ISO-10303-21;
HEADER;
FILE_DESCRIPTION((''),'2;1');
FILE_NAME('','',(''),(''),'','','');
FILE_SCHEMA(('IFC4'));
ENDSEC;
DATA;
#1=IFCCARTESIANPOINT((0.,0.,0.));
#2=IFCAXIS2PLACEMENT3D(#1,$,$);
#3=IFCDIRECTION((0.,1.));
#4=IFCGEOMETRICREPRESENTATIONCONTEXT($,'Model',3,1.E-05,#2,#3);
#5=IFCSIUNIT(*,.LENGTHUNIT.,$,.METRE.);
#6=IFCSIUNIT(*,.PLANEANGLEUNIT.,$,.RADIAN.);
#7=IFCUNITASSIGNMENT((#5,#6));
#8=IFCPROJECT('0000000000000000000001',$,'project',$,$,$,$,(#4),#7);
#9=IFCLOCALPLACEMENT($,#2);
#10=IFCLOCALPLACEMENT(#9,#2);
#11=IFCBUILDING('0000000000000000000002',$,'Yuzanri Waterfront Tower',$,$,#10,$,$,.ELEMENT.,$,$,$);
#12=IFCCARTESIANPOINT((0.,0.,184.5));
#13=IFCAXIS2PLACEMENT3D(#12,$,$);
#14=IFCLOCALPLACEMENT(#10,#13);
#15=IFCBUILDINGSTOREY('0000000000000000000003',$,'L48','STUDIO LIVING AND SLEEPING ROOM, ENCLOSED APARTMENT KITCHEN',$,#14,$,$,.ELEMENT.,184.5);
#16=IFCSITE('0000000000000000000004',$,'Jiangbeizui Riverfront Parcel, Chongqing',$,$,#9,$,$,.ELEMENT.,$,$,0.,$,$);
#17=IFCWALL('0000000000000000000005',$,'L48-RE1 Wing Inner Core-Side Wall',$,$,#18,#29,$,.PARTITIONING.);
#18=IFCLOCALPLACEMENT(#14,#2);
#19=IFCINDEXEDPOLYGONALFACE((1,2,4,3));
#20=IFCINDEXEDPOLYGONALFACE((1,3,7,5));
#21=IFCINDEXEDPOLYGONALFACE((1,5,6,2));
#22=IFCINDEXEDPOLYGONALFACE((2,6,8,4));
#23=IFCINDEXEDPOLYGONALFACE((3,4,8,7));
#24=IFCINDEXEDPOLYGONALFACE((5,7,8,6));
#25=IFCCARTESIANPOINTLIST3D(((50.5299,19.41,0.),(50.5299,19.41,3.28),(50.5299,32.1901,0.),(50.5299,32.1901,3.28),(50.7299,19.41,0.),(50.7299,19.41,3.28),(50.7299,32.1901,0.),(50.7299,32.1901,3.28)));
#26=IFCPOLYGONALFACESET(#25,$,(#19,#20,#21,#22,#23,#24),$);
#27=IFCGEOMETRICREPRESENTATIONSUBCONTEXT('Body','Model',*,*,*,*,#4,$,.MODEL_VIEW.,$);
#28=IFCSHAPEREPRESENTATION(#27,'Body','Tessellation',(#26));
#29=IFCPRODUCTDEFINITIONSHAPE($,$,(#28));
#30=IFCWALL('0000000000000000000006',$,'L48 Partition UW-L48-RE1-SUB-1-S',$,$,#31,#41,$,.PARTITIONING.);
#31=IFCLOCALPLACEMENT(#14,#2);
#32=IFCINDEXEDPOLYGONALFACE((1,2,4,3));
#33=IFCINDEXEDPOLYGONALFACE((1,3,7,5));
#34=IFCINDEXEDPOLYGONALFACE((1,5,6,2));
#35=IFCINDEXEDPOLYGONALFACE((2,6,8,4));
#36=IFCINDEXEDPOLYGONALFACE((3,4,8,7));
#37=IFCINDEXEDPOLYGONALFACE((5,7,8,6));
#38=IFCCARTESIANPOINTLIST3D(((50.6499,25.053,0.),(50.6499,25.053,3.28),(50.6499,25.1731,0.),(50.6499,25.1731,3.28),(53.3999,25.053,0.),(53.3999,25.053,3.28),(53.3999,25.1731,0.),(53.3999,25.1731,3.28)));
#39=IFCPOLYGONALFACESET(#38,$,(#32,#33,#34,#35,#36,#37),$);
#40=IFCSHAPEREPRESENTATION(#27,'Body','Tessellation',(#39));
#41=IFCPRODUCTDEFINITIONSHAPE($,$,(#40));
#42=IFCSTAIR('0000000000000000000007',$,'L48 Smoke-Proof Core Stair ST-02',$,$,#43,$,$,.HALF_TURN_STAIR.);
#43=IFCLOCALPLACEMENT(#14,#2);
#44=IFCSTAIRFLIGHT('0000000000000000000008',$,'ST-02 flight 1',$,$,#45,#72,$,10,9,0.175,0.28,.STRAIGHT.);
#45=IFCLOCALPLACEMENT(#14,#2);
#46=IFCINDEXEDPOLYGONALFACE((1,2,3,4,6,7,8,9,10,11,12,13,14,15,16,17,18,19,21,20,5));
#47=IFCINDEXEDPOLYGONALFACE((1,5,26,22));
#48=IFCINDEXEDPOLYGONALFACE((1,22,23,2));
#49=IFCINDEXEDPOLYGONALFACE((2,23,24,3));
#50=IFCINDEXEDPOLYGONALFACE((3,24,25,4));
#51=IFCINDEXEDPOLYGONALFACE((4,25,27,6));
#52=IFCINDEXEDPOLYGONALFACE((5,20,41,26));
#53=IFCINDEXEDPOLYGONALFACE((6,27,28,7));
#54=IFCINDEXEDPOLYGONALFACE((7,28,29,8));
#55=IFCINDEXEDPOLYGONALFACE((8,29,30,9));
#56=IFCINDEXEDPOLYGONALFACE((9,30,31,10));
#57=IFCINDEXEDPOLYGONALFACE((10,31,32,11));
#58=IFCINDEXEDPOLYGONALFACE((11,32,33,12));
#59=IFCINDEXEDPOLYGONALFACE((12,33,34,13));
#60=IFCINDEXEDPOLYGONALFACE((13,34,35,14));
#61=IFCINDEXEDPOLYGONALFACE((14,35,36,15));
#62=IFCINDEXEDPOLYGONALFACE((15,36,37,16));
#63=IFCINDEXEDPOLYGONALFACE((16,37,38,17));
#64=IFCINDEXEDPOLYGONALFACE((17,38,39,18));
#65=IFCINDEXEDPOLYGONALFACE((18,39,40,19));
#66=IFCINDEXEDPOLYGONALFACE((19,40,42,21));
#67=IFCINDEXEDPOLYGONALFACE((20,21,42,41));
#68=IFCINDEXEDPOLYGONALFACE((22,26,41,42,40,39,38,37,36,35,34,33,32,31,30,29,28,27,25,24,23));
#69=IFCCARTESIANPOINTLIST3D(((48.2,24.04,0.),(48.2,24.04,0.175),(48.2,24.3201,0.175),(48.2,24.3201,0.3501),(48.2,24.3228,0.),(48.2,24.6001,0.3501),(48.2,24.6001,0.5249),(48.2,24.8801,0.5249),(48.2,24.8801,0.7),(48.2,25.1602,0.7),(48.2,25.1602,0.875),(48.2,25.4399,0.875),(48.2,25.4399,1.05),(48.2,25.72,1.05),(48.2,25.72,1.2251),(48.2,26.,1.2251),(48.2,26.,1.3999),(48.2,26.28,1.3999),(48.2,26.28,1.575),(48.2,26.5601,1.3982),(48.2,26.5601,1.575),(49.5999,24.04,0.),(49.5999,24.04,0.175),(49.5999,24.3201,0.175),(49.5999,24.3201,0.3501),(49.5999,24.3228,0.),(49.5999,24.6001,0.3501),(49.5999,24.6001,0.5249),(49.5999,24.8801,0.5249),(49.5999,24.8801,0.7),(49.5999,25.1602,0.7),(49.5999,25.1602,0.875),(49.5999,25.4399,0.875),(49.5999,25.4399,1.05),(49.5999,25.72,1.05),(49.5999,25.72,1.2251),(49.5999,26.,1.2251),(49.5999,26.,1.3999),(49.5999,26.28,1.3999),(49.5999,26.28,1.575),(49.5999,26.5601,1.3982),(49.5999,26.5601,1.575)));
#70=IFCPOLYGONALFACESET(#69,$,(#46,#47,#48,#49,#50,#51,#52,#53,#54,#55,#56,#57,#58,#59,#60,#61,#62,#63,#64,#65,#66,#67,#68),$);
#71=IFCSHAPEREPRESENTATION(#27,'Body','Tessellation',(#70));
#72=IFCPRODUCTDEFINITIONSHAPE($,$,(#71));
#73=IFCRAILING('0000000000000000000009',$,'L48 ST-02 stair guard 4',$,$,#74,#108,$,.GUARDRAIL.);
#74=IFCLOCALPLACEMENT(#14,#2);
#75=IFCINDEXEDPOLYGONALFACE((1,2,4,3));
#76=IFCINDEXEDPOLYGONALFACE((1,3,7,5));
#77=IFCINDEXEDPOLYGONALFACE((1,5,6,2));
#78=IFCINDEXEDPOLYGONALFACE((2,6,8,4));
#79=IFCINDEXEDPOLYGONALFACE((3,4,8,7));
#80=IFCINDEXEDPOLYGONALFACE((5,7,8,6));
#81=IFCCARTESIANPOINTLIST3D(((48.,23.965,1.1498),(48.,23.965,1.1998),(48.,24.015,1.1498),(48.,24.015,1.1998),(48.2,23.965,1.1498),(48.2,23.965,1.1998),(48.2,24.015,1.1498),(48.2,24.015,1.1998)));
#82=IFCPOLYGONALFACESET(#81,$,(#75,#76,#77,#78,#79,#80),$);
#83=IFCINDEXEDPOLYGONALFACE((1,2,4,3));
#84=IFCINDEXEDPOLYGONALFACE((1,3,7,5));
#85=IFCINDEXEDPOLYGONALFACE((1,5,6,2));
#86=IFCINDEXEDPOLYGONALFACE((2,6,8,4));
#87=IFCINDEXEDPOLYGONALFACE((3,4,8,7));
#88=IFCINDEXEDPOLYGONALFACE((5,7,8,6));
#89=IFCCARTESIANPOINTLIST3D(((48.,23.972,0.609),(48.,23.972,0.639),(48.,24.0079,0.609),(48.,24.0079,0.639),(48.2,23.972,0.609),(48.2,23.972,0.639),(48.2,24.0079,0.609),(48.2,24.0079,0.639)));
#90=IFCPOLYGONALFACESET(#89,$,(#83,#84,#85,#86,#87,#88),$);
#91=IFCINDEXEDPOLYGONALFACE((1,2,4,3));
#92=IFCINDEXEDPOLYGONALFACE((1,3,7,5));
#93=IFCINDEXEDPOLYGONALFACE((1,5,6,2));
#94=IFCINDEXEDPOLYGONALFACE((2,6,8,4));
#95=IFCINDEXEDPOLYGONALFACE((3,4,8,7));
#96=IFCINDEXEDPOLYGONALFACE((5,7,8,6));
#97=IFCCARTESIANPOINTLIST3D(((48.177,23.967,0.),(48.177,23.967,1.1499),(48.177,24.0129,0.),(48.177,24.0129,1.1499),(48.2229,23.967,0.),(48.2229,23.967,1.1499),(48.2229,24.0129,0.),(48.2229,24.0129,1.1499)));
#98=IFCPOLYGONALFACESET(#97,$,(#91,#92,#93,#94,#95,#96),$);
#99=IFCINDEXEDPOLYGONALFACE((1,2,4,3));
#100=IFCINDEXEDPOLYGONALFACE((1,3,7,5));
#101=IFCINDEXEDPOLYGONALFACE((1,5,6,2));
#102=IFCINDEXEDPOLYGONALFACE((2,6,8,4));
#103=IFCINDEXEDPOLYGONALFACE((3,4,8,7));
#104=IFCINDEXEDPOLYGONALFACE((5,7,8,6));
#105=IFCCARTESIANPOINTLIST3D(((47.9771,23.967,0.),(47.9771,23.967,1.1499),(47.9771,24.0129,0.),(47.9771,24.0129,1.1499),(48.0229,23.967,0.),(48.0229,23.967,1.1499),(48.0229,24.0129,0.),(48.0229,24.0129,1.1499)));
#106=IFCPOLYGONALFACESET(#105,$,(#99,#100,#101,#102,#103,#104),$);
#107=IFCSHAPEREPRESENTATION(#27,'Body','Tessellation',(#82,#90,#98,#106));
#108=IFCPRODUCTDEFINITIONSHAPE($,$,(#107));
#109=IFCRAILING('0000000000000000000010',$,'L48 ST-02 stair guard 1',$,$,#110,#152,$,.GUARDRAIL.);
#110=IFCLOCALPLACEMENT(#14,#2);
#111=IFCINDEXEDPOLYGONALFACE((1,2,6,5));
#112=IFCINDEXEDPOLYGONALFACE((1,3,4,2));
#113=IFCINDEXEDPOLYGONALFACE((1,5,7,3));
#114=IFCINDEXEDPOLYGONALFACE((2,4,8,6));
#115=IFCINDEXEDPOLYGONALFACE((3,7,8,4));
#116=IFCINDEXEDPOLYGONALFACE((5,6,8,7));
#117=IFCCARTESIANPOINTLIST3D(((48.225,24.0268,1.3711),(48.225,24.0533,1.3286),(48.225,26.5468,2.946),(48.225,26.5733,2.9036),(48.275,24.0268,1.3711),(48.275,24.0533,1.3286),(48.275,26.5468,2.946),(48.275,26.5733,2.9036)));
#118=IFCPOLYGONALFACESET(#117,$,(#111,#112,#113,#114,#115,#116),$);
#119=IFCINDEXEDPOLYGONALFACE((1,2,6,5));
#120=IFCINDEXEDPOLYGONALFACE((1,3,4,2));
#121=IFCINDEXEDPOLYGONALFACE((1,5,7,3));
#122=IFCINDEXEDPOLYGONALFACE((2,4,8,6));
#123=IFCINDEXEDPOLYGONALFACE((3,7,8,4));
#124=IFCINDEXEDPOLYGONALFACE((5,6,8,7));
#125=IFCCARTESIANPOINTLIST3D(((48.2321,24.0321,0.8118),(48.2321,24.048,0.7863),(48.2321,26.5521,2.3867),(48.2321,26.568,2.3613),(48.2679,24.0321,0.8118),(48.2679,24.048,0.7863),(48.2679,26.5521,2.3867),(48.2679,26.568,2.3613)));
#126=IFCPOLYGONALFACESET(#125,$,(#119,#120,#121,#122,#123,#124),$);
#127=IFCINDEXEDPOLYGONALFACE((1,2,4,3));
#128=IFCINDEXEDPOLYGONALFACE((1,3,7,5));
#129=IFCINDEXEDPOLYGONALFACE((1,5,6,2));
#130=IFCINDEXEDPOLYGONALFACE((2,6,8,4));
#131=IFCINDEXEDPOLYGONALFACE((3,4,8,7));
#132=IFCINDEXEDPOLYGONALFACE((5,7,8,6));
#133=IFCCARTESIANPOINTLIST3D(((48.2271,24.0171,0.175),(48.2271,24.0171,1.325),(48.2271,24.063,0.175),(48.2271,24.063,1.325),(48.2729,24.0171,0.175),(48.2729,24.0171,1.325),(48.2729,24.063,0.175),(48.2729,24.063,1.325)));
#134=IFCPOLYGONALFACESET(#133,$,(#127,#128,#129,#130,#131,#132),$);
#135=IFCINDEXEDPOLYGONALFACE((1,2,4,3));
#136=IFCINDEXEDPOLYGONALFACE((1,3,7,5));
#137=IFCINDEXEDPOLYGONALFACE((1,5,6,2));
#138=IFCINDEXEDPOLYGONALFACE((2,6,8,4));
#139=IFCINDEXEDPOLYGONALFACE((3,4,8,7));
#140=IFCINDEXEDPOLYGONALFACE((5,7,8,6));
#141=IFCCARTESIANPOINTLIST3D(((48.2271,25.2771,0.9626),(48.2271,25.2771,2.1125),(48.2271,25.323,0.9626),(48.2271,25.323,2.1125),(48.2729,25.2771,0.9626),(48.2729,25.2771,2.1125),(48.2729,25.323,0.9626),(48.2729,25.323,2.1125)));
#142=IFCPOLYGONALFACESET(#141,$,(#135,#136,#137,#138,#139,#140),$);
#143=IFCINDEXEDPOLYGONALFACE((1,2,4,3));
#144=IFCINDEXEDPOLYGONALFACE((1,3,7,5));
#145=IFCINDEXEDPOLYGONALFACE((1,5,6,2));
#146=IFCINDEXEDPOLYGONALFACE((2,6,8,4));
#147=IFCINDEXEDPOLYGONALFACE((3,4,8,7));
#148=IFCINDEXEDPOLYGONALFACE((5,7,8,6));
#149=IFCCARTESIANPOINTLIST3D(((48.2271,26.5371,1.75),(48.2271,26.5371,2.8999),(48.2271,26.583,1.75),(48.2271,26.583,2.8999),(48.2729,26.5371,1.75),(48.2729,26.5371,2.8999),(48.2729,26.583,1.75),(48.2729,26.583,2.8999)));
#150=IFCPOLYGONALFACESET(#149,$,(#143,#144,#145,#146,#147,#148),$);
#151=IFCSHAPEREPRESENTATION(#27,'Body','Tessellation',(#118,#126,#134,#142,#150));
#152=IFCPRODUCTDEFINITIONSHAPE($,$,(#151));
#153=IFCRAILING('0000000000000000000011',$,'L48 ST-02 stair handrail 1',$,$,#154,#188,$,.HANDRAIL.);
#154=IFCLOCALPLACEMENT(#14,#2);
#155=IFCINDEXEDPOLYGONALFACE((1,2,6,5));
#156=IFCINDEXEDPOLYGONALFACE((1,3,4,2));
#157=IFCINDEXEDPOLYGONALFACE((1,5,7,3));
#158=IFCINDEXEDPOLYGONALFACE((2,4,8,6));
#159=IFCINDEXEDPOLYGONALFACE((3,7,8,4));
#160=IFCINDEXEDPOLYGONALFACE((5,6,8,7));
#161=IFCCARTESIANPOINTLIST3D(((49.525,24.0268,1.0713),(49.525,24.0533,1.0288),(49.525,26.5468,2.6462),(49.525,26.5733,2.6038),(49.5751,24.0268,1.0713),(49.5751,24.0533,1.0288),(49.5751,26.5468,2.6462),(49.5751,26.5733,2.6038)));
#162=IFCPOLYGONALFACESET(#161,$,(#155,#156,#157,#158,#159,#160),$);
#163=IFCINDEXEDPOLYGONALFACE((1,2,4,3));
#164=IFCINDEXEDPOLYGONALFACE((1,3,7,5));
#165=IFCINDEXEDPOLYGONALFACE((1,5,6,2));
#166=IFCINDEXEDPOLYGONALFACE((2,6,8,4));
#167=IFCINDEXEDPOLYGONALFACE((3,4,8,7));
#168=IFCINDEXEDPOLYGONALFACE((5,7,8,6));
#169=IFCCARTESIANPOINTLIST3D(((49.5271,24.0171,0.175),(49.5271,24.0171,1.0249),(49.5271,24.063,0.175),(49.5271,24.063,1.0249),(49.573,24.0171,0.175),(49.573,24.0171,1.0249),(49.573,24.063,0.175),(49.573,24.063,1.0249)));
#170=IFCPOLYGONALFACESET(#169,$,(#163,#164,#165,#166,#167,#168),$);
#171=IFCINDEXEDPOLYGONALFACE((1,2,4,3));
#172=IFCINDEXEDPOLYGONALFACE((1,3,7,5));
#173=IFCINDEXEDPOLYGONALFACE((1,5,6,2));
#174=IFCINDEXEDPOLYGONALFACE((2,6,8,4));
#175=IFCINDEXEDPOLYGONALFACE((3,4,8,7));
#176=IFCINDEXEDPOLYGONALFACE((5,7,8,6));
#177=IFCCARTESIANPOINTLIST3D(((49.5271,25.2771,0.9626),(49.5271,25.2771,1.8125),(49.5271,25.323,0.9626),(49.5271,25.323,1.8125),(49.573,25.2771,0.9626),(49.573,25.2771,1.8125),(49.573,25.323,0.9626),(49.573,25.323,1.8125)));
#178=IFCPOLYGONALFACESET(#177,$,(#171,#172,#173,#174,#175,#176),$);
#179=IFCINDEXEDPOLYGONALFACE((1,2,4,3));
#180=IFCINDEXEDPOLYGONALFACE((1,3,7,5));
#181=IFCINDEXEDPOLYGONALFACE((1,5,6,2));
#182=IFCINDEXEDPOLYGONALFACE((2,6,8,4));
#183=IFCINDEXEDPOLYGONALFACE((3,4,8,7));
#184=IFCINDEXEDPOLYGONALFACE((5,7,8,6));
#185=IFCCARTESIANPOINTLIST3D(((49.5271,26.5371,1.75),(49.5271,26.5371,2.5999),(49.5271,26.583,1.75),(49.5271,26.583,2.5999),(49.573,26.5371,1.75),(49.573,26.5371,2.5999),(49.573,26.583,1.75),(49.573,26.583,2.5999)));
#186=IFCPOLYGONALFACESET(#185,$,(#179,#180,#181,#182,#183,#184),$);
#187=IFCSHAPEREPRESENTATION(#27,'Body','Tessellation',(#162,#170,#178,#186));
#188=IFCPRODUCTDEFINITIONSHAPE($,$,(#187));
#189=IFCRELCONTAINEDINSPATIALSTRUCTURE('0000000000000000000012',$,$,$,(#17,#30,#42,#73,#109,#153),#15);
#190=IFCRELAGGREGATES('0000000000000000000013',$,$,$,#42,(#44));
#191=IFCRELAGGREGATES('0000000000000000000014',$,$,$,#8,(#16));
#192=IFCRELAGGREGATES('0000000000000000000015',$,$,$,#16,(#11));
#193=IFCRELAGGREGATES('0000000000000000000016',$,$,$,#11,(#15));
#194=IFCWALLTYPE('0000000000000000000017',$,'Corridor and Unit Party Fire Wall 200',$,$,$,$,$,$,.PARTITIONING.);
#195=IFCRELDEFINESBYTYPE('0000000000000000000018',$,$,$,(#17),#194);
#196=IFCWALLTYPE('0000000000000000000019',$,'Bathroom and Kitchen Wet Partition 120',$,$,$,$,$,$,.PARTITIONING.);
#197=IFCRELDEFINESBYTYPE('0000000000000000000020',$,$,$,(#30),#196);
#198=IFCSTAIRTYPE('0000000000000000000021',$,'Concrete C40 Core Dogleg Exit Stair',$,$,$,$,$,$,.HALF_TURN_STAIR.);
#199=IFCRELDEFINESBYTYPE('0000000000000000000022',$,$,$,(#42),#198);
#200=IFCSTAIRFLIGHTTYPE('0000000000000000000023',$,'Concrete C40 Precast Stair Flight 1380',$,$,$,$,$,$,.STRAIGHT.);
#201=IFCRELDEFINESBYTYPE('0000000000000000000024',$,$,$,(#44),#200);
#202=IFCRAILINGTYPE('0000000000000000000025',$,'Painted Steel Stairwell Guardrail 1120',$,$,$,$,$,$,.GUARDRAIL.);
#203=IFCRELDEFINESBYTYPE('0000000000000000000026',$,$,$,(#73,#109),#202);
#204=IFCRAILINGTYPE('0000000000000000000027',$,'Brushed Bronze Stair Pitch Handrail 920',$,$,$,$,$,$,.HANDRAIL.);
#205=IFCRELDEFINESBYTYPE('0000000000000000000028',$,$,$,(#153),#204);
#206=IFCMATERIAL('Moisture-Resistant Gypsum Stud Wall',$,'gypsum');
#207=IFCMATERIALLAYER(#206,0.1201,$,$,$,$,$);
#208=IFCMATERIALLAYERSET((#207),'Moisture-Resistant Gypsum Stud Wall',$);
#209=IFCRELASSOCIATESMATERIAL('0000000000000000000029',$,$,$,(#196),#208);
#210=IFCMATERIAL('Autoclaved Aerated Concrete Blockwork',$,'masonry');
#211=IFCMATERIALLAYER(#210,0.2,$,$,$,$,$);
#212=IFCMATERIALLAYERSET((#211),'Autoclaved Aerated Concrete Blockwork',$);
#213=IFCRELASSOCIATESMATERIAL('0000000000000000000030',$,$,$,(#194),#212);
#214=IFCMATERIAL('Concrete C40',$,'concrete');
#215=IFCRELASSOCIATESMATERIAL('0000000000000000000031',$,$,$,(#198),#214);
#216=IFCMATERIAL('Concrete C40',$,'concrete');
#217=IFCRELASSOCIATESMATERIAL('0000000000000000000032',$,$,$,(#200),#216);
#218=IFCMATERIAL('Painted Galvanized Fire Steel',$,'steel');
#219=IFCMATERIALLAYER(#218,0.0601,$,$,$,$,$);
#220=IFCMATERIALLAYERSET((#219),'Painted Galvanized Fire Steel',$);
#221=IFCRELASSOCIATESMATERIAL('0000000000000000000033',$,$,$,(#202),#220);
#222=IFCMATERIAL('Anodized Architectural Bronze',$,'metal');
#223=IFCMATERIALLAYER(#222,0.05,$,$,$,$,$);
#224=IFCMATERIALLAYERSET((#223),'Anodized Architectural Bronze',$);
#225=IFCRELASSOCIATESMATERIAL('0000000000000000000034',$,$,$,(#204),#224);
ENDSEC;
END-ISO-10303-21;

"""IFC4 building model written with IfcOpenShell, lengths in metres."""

from ifc_helpers import new_model, si_unit, direction, frame, frame_2d, origin, origin_2d, place, context, subcontext, project, spatial, polyline, rectangle, outline, extrude, source, transform, mapped, material, layer, layer_set, type_object, element, aggregate, save


model = new_model("IFC4")

# Units and contexts
model_context = context("Model", 3, precision=1e-05, world=origin(), true_north=direction((0.0, 1.0)))
body_context = subcontext(model_context, "Body", "Model", "MODEL_VIEW")
ifc_project = project(units=[si_unit("LENGTHUNIT", "METRE"), si_unit("PLANEANGLEUNIT", "RADIAN")], contexts=[model_context])

# Site, building, storey
site_placement = place(None, origin())
site = spatial("IfcSite", under=ifc_project, at=site_placement, Name="Jiangbeizui Riverfront Parcel, Chongqing", CompositionType="ELEMENT", RefElevation=0.0)
building_placement = place(site_placement, origin())
building = spatial("IfcBuilding", under=site, at=building_placement, Name="Yuzanri Waterfront Tower", CompositionType="ELEMENT")
storey_placement = place(building_placement, frame((0.0, 0.0, 184.5)))
storey = spatial("IfcBuildingStorey", under=building, at=storey_placement, Name="L48", Description="STUDIO LIVING AND SLEEPING ROOM, ENCLOSED APARTMENT KITCHEN", CompositionType="ELEMENT", Elevation=184.5)

# Shared definitions
ifc_material_1 = material(Name="Moisture-Resistant Gypsum Stud Wall", Category="gypsum")
ifc_layer_1 = layer(ifc_material_1, 0.1201)
ifc_layer_set_1 = layer_set([ifc_layer_1], Name="Moisture-Resistant Gypsum Stud Wall")
wall_type_1 = type_object("IfcWallType", Name="Bathroom and Kitchen Wet Partition 120", PredefinedType="PARTITIONING", material=ifc_layer_set_1)

# Walls
ifc_material_2 = material(Name="Autoclaved Aerated Concrete Blockwork", Category="masonry")
ifc_layer_2 = layer(ifc_material_2, 0.2)
ifc_layer_set_2 = layer_set([ifc_layer_2], Name="Autoclaved Aerated Concrete Blockwork")
wall_type_2 = type_object("IfcWallType", Name="Corridor and Unit Party Fire Wall 200", PredefinedType="PARTITIONING", material=ifc_layer_set_2)
shared_shape_1 = source(origin(), body_context, "Body", "SweptSolid", [
    extrude(rectangle(XDim=12.78, YDim=0.2, at=frame_2d((6.3901, 0.0))), origin(), (0.0, 0.0, 1.0), 3.28),
])
wall_1_placement = place(storey_placement, frame((50.6299, 19.4099, 0.0), z_axis=(0.0, 0.0, 1.0), x_axis=(0.0, 1.0, 0.0)))
element("IfcWall", 1, at=wall_1_placement, inside=storey, type_object=wall_type_2, Name="L48-RE1 Wing Inner Core-Side Wall", PredefinedType="PARTITIONING", context=body_context, shape_type="MappedRepresentation", body=[
    mapped(shared_shape_1, transform((0.0, 0.0, 0.0), scale=1.0)),
])
shared_shape_2 = source(origin(), body_context, "Body", "SweptSolid", [
    extrude(rectangle(XDim=2.75, YDim=0.1201, at=frame_2d((1.375, 0.0))), origin(), (0.0, 0.0, 1.0), 3.28),
])
wall_2_placement = place(storey_placement, frame((50.6499, 25.113, 0.0), z_axis=(0.0, 0.0, 1.0), x_axis=(1.0, 0.0, 0.0)))
element("IfcWall", 2, at=wall_2_placement, inside=storey, type_object=wall_type_1, Name="L48 Partition UW-L48-RE1-SUB-1-S", PredefinedType="PARTITIONING", context=body_context, shape_type="MappedRepresentation", body=[
    mapped(shared_shape_2, transform((0.0, 0.0, 0.0), scale=1.0)),
])

# Stair, stair flight
ifc_material_3 = material(Name="Concrete C40", Category="concrete")
stair_type = type_object("IfcStairType", Name="Concrete C40 Core Dogleg Exit Stair", PredefinedType="HALF_TURN_STAIR", material=ifc_material_3)
stair_placement = place(storey_placement, origin())
stair = element("IfcStair", 3, at=stair_placement, inside=storey, type_object=stair_type, Name="L48 Smoke-Proof Core Stair ST-02", PredefinedType="HALF_TURN_STAIR")
ifc_material_4 = material(Name="Concrete C40", Category="concrete")
stair_flight_type = type_object("IfcStairFlightType", Name="Concrete C40 Precast Stair Flight 1380", PredefinedType="STRAIGHT", material=ifc_material_4)
shared_shape_3 = source(origin(), body_context, "Body", "SweptSolid", [
    extrude(outline(polyline([(0.0, 0.0), (0.0, 0.175), (0.28, 0.175), (0.28, 0.3501), (0.5601, 0.3501), (0.5601, 0.5249), (0.8401, 0.5249), (0.8401, 0.7), (1.1201, 0.7), (1.1201, 0.875), (1.3999, 0.875), (1.3999, 1.05), (1.6799, 1.05), (1.6799, 1.2251), (1.96, 1.2251), (1.96, 1.3999), (2.24, 1.3999), (2.24, 1.575), (2.52, 1.575), (2.52, 1.75), (2.52, 1.3982), (0.2827, 0.0), (0.0, 0.0)])), frame((0.0, 0.7, 0.0), z_axis=(0.0, -1.0, 0.0), x_axis=(1.0, 0.0, 0.0)), (0.0, 0.0, 1.0), 1.3999),
])
stair_flight_placement = place(storey_placement, frame((48.8999, 24.04, 0.0), z_axis=(0.0, 0.0, 1.0), x_axis=(0.0, 1.0, 0.0)))
stair_flight = element("IfcStairFlight", 4, at=stair_flight_placement, type_object=stair_flight_type, Name="ST-02 flight 1", NumberOfRisers=10, NumberOfTreads=9, PredefinedType="STRAIGHT", RiserHeight=0.175, TreadLength=0.28, context=body_context, shape_type="MappedRepresentation", body=[
    mapped(shared_shape_3, transform((0.0, 0.0, 0.0), scale=1.0)),
])
aggregate(stair, [stair_flight])

# Railings
ifc_material_5 = material(Name="Painted Galvanized Fire Steel", Category="steel")
ifc_layer_3 = layer(ifc_material_5, 0.0601)
ifc_layer_set_3 = layer_set([ifc_layer_3], Name="Painted Galvanized Fire Steel")
railing_type_1 = type_object("IfcRailingType", Name="Painted Steel Stairwell Guardrail 1120", PredefinedType="GUARDRAIL", material=ifc_layer_set_3)
shared_shape_4 = source(origin(), body_context, "Body", "SweptSolid", [
    extrude(rectangle(XDim=0.05, YDim=0.05, at=origin_2d()), frame((0.0, 0.0, 1.1748), z_axis=(-1.0, 0.0, 0.0), x_axis=(0.0, -1.0, 0.0)), (0.0, 0.0, 1.0), 0.2),
    extrude(rectangle(XDim=0.0359, YDim=0.03, at=origin_2d()), frame((0.0, 0.0, 0.624), z_axis=(-1.0, 0.0, 0.0), x_axis=(0.0, -1.0, 0.0)), (0.0, 0.0, 1.0), 0.2),
    extrude(rectangle(XDim=0.0459, YDim=0.0459, at=origin_2d()), origin(), (0.0, 0.0, 1.0), 1.1499),
    extrude(rectangle(XDim=0.0459, YDim=0.0459, at=origin_2d()), frame((-0.2, 0.0, 0.0)), (0.0, 0.0, 1.0), 1.1499),
])
railing_1_placement = place(storey_placement, frame((48.2, 23.99, 0.0)))
element("IfcRailing", 5, at=railing_1_placement, inside=storey, type_object=railing_type_1, Name="L48 ST-02 stair guard 4", PredefinedType="GUARDRAIL", context=body_context, shape_type="MappedRepresentation", body=[
    mapped(shared_shape_4, transform((0.0, 0.0, 0.0), scale=1.0)),
])
shared_shape_5 = source(origin(), body_context, "Body", "SweptSolid", [
    extrude(rectangle(XDim=0.05, YDim=0.05, at=origin_2d()), frame((0.0, 0.0, 1.1748), z_axis=(0.0, 0.848008, 0.529984), x_axis=(-1.0, 0.0, 0.0)), (0.0, 0.0, 1.0), 2.9717),
    extrude(rectangle(XDim=0.0359, YDim=0.03, at=origin_2d()), frame((0.0, 0.0, 0.624), z_axis=(0.0, 0.848008, 0.529984), x_axis=(-1.0, 0.0, 0.0)), (0.0, 0.0, 1.0), 2.9717),
    extrude(rectangle(XDim=0.0459, YDim=0.0459, at=origin_2d()), origin(), (0.0, 0.0, 1.0), 1.1499),
    extrude(rectangle(XDim=0.0459, YDim=0.0459, at=origin_2d()), frame((0.0, 1.26, 0.7876)), (0.0, 0.0, 1.0), 1.1499),
    extrude(rectangle(XDim=0.0459, YDim=0.0459, at=origin_2d()), frame((0.0, 2.52, 1.575)), (0.0, 0.0, 1.0), 1.1499),
])
railing_2_placement = place(storey_placement, frame((48.25, 24.04, 0.175)))
element("IfcRailing", 6, at=railing_2_placement, inside=storey, type_object=railing_type_1, Name="L48 ST-02 stair guard 1", PredefinedType="GUARDRAIL", context=body_context, shape_type="MappedRepresentation", body=[
    mapped(shared_shape_5, transform((0.0, 0.0, 0.0), scale=1.0)),
])
ifc_material_6 = material(Name="Anodized Architectural Bronze", Category="metal")
ifc_layer_4 = layer(ifc_material_6, 0.05)
ifc_layer_set_4 = layer_set([ifc_layer_4], Name="Anodized Architectural Bronze")
railing_type_2 = type_object("IfcRailingType", Name="Brushed Bronze Stair Pitch Handrail 920", PredefinedType="HANDRAIL", material=ifc_layer_set_4)
shared_shape_6 = source(origin(), body_context, "Body", "SweptSolid", [
    extrude(rectangle(XDim=0.05, YDim=0.05, at=origin_2d()), frame((0.0, 0.0, 0.875), z_axis=(0.0, 0.848008, 0.529984), x_axis=(-1.0, 0.0, 0.0)), (0.0, 0.0, 1.0), 2.9717),
    extrude(rectangle(XDim=0.0459, YDim=0.0459, at=origin_2d()), origin(), (0.0, 0.0, 1.0), 0.8499),
    extrude(rectangle(XDim=0.0459, YDim=0.0459, at=origin_2d()), frame((0.0, 1.26, 0.7876)), (0.0, 0.0, 1.0), 0.8499),
    extrude(rectangle(XDim=0.0459, YDim=0.0459, at=origin_2d()), frame((0.0, 2.52, 1.575)), (0.0, 0.0, 1.0), 0.8499),
])
railing_3_placement = place(storey_placement, frame((49.55, 24.04, 0.175)))
element("IfcRailing", 7, at=railing_3_placement, inside=storey, type_object=railing_type_2, Name="L48 ST-02 stair handrail 1", PredefinedType="HANDRAIL", context=body_context, shape_type="MappedRepresentation", body=[
    mapped(shared_shape_6, transform((0.0, 0.0, 0.0), scale=1.0)),
])

save(model, "model.ifc")
